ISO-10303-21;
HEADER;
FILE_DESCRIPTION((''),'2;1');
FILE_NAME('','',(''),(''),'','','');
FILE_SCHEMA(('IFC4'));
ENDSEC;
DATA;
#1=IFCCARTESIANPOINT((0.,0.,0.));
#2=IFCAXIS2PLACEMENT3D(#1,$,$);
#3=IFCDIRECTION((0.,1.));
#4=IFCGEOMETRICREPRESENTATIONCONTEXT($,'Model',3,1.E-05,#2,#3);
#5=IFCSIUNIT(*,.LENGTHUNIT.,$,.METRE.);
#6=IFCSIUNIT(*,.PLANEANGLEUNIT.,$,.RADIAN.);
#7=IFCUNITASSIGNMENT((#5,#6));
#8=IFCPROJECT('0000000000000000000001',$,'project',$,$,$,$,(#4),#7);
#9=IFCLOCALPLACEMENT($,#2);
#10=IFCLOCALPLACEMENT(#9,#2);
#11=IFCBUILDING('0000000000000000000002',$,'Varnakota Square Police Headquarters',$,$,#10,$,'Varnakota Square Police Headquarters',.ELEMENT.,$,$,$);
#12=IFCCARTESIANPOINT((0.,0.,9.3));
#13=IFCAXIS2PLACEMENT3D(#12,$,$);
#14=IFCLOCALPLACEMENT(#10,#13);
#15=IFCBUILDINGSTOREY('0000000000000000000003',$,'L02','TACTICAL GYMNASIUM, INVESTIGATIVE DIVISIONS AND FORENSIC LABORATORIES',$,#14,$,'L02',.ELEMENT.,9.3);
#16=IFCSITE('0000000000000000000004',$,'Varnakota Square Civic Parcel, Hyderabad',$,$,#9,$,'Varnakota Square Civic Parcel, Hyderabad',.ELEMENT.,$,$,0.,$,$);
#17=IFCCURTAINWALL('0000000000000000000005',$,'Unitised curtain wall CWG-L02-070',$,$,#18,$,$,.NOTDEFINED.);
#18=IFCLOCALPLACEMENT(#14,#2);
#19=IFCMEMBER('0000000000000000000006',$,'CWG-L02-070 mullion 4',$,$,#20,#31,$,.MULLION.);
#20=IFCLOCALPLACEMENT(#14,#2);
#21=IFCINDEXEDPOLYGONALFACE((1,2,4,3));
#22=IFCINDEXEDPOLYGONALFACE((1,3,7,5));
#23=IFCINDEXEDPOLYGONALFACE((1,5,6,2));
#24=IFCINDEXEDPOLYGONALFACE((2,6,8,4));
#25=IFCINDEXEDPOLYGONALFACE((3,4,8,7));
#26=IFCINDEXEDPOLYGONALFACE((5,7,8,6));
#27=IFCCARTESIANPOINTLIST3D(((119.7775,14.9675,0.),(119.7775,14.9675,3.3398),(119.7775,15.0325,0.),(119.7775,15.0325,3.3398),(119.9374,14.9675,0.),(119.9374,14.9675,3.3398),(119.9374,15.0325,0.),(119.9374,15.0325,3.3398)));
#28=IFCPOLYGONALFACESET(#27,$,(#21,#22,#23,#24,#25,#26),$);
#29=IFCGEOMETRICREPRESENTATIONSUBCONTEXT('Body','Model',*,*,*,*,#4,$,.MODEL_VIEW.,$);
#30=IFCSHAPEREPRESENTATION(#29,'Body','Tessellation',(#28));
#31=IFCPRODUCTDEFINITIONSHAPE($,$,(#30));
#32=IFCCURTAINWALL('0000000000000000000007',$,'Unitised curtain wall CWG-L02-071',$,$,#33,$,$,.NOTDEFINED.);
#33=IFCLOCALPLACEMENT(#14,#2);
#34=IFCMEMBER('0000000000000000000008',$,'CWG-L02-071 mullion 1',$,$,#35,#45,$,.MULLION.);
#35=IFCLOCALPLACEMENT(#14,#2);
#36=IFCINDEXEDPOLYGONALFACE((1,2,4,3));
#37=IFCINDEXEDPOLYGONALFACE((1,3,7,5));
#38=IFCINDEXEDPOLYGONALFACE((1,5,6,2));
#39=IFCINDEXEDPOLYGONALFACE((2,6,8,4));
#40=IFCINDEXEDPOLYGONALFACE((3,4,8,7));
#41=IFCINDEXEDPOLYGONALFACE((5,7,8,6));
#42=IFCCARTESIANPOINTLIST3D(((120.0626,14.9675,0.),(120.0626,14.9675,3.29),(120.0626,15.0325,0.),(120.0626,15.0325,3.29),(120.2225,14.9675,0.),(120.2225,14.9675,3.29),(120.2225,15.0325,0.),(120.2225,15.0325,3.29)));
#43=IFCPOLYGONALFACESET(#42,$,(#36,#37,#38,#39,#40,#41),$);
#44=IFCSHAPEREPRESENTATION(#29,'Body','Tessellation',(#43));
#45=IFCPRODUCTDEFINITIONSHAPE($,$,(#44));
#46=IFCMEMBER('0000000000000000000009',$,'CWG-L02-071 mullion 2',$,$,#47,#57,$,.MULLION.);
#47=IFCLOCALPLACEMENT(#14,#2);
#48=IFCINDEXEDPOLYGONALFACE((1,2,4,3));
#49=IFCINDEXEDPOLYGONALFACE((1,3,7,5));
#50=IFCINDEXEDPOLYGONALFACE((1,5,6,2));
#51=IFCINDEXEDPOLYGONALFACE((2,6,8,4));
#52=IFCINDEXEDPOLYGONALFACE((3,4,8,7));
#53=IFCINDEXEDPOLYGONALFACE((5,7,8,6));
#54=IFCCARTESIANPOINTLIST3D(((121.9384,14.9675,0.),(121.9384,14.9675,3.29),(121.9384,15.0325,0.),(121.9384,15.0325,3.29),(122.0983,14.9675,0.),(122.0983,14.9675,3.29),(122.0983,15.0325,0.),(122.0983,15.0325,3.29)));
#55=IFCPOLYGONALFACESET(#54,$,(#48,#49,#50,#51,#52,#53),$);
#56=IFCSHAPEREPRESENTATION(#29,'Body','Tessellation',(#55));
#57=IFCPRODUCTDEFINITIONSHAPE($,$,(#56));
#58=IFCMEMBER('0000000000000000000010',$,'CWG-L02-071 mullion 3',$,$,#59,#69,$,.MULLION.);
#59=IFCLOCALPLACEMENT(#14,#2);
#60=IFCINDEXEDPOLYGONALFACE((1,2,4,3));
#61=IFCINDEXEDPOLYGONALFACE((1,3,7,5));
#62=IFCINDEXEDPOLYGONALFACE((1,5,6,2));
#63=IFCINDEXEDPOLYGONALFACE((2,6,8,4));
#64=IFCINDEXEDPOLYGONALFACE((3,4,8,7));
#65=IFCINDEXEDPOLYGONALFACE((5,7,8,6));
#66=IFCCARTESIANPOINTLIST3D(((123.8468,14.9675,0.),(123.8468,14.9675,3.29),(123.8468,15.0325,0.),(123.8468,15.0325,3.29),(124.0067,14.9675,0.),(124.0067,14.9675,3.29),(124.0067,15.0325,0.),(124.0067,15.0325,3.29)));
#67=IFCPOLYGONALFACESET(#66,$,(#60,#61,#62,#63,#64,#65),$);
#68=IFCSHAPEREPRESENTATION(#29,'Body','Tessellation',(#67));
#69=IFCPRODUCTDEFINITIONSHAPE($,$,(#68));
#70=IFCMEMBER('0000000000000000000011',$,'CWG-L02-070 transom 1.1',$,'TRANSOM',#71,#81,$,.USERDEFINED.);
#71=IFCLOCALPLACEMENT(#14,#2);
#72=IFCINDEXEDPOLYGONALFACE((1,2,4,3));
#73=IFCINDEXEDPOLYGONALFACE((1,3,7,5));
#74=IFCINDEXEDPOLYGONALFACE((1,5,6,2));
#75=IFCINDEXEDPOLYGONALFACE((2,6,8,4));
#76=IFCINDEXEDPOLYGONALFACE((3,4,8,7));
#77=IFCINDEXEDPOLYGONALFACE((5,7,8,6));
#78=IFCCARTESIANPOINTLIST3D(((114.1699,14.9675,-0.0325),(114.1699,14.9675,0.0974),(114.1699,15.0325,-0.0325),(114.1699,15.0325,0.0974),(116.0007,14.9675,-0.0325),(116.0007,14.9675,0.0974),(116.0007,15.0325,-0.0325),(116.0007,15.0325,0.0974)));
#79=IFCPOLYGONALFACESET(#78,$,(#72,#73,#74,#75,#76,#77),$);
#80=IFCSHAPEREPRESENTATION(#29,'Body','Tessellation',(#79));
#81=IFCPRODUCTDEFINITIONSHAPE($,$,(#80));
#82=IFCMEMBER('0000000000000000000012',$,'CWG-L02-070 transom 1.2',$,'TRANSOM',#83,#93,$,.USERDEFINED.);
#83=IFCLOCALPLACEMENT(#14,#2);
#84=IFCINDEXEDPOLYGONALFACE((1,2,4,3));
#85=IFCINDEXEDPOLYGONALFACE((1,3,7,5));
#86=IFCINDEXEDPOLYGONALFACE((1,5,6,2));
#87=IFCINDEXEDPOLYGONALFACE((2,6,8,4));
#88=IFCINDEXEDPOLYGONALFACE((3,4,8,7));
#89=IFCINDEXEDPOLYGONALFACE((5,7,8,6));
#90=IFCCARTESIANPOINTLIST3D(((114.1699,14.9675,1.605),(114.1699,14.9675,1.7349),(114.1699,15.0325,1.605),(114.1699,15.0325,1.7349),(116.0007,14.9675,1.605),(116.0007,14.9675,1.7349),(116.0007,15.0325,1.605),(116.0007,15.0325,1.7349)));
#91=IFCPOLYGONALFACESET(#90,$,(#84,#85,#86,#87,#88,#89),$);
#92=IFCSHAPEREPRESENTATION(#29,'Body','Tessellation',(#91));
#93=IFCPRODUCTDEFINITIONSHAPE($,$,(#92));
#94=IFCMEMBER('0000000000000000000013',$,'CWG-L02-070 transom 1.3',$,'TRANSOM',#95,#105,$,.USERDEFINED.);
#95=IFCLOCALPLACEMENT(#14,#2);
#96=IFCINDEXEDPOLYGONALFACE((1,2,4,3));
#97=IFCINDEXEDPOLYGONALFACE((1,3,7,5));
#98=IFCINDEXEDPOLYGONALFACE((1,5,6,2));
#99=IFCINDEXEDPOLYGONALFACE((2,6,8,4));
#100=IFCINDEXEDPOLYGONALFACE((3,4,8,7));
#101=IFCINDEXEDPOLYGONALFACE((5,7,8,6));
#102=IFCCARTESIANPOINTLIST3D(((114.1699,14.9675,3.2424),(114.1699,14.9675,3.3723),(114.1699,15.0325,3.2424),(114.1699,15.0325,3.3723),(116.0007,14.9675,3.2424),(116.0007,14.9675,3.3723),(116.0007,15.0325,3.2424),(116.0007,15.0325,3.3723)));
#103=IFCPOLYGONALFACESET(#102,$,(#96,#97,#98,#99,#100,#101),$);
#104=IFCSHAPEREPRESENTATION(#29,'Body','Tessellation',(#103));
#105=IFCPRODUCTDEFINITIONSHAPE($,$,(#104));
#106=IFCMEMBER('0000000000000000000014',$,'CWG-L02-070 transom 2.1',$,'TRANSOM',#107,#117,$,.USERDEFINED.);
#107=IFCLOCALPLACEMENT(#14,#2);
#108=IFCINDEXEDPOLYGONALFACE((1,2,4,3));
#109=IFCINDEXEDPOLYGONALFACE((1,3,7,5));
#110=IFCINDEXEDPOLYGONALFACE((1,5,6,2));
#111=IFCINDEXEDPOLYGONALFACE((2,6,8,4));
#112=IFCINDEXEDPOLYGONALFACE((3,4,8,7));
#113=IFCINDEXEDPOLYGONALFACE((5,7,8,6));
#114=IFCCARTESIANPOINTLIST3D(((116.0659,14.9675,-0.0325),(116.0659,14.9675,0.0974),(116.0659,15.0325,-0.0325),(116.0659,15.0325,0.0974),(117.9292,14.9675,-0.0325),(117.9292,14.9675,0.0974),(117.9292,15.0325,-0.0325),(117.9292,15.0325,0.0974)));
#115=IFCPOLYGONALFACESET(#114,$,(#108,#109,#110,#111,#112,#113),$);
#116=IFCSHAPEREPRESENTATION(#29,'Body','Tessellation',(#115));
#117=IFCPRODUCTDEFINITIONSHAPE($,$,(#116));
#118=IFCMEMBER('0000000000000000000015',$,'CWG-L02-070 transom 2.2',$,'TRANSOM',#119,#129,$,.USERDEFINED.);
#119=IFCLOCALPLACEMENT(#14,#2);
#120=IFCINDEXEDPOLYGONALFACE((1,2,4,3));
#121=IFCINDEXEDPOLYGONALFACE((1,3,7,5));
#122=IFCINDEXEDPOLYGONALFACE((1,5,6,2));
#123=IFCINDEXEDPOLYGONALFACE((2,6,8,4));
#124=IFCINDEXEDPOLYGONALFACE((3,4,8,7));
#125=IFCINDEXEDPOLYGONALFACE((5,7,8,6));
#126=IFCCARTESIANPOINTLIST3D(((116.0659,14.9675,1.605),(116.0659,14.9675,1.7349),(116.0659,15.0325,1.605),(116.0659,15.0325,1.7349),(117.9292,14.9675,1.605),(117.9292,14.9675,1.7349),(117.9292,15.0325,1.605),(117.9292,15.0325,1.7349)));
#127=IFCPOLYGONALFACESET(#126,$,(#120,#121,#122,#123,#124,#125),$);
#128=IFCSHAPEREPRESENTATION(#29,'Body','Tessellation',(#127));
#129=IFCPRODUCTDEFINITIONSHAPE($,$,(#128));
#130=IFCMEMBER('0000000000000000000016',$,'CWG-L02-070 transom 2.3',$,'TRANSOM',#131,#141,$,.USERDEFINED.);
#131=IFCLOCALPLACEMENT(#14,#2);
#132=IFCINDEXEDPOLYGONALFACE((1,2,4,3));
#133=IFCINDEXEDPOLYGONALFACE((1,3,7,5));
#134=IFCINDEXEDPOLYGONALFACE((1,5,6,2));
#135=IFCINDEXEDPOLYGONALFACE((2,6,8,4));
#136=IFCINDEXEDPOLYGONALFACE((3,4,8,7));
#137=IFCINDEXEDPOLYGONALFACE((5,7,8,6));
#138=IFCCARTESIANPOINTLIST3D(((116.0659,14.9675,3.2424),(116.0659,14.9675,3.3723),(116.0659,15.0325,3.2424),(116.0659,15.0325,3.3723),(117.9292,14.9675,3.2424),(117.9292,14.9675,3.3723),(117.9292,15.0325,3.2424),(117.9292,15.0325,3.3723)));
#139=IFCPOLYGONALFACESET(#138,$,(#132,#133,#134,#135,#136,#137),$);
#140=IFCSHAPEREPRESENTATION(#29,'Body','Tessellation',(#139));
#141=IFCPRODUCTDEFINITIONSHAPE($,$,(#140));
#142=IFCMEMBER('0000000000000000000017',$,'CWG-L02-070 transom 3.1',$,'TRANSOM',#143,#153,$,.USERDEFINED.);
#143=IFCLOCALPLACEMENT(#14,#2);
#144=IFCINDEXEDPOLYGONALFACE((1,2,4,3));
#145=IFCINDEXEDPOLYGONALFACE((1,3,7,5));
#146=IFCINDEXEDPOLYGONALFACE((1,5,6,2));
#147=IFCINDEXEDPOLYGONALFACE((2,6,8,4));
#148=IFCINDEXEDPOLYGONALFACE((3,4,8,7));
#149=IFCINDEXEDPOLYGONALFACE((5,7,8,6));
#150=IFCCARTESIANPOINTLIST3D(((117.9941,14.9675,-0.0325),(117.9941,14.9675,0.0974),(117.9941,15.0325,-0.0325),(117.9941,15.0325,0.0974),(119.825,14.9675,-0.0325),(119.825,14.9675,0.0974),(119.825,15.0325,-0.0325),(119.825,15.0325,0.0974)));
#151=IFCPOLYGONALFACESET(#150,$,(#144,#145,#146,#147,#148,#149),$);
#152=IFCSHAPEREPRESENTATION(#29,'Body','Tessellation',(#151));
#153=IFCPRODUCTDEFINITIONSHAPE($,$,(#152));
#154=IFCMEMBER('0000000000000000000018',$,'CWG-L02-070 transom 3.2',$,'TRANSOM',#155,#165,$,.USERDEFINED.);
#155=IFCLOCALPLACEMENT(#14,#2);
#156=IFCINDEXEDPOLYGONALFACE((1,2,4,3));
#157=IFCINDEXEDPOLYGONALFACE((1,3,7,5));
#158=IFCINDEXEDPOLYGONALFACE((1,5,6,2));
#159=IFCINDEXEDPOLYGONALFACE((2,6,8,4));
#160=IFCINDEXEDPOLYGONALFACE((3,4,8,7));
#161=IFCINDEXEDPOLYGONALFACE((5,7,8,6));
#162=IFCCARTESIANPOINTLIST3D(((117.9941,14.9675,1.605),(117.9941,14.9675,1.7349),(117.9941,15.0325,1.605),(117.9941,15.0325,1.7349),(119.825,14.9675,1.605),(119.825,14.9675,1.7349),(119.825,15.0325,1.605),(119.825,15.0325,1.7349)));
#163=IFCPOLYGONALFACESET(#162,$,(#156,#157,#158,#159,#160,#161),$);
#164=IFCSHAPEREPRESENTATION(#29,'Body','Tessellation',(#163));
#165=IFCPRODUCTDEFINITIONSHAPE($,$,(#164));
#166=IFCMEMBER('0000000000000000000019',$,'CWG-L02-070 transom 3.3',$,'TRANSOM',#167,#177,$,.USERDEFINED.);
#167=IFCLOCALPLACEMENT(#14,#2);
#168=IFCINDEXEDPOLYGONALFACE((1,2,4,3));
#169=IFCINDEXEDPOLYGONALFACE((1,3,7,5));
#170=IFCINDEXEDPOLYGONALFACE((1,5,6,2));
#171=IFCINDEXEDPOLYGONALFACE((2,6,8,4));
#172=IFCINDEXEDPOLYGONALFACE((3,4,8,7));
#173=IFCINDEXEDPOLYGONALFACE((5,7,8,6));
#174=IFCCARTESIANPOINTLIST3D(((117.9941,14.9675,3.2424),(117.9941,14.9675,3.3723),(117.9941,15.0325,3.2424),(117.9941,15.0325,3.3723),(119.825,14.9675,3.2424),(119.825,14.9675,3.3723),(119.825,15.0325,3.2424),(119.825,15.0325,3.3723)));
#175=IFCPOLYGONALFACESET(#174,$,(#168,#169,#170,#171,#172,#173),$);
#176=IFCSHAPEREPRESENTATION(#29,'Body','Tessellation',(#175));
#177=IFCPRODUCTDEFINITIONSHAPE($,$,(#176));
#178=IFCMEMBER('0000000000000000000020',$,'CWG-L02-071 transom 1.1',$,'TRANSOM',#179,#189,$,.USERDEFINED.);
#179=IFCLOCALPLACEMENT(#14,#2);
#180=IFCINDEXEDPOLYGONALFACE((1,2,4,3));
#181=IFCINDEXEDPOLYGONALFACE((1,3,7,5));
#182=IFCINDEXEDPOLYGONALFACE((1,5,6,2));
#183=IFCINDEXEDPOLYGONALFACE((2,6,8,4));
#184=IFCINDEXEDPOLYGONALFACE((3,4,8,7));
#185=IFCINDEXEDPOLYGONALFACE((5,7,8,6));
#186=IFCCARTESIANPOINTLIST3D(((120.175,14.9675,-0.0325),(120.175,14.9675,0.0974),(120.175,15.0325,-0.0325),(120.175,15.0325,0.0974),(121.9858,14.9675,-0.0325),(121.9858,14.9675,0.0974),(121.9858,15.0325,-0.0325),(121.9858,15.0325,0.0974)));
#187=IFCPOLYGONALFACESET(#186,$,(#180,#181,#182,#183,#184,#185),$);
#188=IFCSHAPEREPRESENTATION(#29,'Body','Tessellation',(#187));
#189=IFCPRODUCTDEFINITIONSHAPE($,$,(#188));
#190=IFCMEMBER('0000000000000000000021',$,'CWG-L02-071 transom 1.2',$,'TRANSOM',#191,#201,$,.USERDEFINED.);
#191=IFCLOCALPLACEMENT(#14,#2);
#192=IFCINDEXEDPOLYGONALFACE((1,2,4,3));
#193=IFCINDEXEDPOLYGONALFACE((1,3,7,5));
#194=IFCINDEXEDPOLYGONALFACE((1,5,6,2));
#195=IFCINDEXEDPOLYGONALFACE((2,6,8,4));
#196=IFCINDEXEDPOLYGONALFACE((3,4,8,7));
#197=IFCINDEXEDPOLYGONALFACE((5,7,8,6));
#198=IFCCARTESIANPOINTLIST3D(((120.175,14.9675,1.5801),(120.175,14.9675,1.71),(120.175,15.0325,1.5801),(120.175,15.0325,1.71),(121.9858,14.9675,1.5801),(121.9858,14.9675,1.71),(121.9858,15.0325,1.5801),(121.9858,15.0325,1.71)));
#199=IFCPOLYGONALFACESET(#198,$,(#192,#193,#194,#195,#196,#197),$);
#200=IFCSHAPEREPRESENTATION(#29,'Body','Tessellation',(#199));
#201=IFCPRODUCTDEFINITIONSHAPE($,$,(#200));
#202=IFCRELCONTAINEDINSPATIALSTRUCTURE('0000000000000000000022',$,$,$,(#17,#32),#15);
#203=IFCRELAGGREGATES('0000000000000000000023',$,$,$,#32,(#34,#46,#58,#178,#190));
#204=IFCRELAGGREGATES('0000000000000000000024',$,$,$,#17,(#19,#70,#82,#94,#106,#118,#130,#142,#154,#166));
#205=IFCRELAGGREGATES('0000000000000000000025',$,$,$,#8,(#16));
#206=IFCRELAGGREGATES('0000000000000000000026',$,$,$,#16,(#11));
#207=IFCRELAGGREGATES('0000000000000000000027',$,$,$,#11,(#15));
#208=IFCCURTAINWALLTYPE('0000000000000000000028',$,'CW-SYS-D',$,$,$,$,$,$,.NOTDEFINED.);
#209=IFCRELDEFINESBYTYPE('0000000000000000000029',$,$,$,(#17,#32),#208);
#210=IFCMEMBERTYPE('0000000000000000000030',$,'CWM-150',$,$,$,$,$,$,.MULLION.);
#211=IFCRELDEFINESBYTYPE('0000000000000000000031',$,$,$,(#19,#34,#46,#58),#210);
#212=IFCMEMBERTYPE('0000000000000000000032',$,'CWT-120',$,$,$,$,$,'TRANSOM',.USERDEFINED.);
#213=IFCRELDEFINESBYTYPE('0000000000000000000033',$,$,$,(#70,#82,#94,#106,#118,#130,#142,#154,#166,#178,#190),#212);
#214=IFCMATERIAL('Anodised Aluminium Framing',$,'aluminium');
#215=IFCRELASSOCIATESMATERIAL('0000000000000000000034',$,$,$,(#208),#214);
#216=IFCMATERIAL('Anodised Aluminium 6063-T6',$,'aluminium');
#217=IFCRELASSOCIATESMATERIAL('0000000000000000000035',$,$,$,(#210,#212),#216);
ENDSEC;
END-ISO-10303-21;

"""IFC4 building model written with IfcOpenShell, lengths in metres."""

from ifc_helpers import new_model, si_unit, direction, frame, origin, origin_2d, place, context, subcontext, project, spatial, rectangle, extrude, material, material_profile, profile_set, type_object, element, aggregate, save


model = new_model("IFC4")

# Units and contexts
model_context = context("Model", 3, precision=1e-05, world=origin(), true_north=direction((0.0, 1.0)))
body_context = subcontext(model_context, "Body", "Model", "MODEL_VIEW")
ifc_project = project(units=[si_unit("LENGTHUNIT", "METRE"), si_unit("PLANEANGLEUNIT", "RADIAN")], contexts=[model_context])

# Site, building, storey
site_placement = place(None, origin())
site = spatial("IfcSite", under=ifc_project, at=site_placement, Name="Varnakota Square Civic Parcel, Hyderabad", LongName="Varnakota Square Civic Parcel, Hyderabad", CompositionType="ELEMENT", RefElevation=0.0)
building_placement = place(site_placement, origin())
building = spatial("IfcBuilding", under=site, at=building_placement, Name="Varnakota Square Police Headquarters", LongName="Varnakota Square Police Headquarters", CompositionType="ELEMENT")
storey_placement = place(building_placement, frame((0.0, 0.0, 9.3)))
storey = spatial("IfcBuildingStorey", under=building, at=storey_placement, Name="L02", Description="TACTICAL GYMNASIUM, INVESTIGATIVE DIVISIONS AND FORENSIC LABORATORIES", LongName="L02", CompositionType="ELEMENT", Elevation=9.3)

# Curtain walls, members
ifc_material_1 = material(Name="Anodised Aluminium Framing", Category="aluminium")
curtain_wall_type = type_object("IfcCurtainWallType", Name="CW-SYS-D", PredefinedType="NOTDEFINED", material=ifc_material_1)
curtain_wall_1_placement = place(storey_placement, origin())
curtain_wall_1 = element("IfcCurtainWall", 1, at=curtain_wall_1_placement, inside=storey, type_object=curtain_wall_type, Name="Unitised curtain wall CWG-L02-070", PredefinedType="NOTDEFINED")
ifc_material_2 = material(Name="Anodised Aluminium 6063-T6", Category="aluminium")
ifc_material_profile_1 = material_profile(ifc_material_2, rectangle(XDim=0.0649, YDim=0.1599, at=origin_2d()), Name="ALU MULLION 65x160")
ifc_profile_set_1 = profile_set([ifc_material_profile_1], Name="Anodised Aluminium 6063-T6")
member_type_1 = type_object("IfcMemberType", Name="CWM-150", PredefinedType="MULLION", material=ifc_profile_set_1)
member_1_placement = place(storey_placement, frame((119.8574, 15.0, 0.0), z_axis=(0.0, 0.0, 1.0), x_axis=(0.0, 1.0, 0.0)))
member_1 = element("IfcMember", 2, at=member_1_placement, type_object=member_type_1, Name="CWG-L02-070 mullion 4", PredefinedType="MULLION", context=body_context, shape_type="SweptSolid", body=[
    extrude(rectangle(XDim=0.0649, YDim=0.1599, at=origin_2d()), origin(), (0.0, 0.0, 1.0), 3.3398),
])
curtain_wall_2_placement = place(storey_placement, origin())
curtain_wall_2 = element("IfcCurtainWall", 3, at=curtain_wall_2_placement, inside=storey, type_object=curtain_wall_type, Name="Unitised curtain wall CWG-L02-071", PredefinedType="NOTDEFINED")
member_2_placement = place(storey_placement, frame((120.1426, 15.0, 0.0), z_axis=(0.0, 0.0, 1.0), x_axis=(0.0, 1.0, 0.0)))
member_2 = element("IfcMember", 4, at=member_2_placement, type_object=member_type_1, Name="CWG-L02-071 mullion 1", PredefinedType="MULLION", context=body_context, shape_type="SweptSolid", body=[
    extrude(rectangle(XDim=0.0649, YDim=0.1599, at=origin_2d()), origin(), (0.0, 0.0, 1.0), 3.29),
])
member_3_placement = place(storey_placement, frame((122.0183, 15.0, 0.0), z_axis=(0.0, 0.0, 1.0), x_axis=(0.0, 1.0, 0.0)))
member_3 = element("IfcMember", 5, at=member_3_placement, type_object=member_type_1, Name="CWG-L02-071 mullion 2", PredefinedType="MULLION", context=body_context, shape_type="SweptSolid", body=[
    extrude(rectangle(XDim=0.0649, YDim=0.1599, at=origin_2d()), origin(), (0.0, 0.0, 1.0), 3.29),
])
member_4_placement = place(storey_placement, frame((123.9268, 15.0, 0.0), z_axis=(0.0, 0.0, 1.0), x_axis=(0.0, 1.0, 0.0)))
member_4 = element("IfcMember", 6, at=member_4_placement, type_object=member_type_1, Name="CWG-L02-071 mullion 3", PredefinedType="MULLION", context=body_context, shape_type="SweptSolid", body=[
    extrude(rectangle(XDim=0.0649, YDim=0.1599, at=origin_2d()), origin(), (0.0, 0.0, 1.0), 3.29),
])

# Members
ifc_material_profile_2 = material_profile(ifc_material_2, rectangle(XDim=0.0649, YDim=0.1299, at=origin_2d()), Name="ALU TRANSOM 65x130")
ifc_profile_set_2 = profile_set([ifc_material_profile_2], Name="Anodised Aluminium 6063-T6")
member_type_2 = type_object("IfcMemberType", Name="CWT-120", ElementType="TRANSOM", PredefinedType="USERDEFINED", material=ifc_profile_set_2)
member_5_placement = place(storey_placement, frame((114.1699, 15.0, 0.0325), z_axis=(1.0, 0.0, 0.0), x_axis=(0.0, 1.0, 0.0)))
member_5 = element("IfcMember", 7, at=member_5_placement, type_object=member_type_2, Name="CWG-L02-070 transom 1.1", ObjectType="TRANSOM", PredefinedType="USERDEFINED", context=body_context, shape_type="SweptSolid", body=[
    extrude(rectangle(XDim=0.0649, YDim=0.1299, at=origin_2d()), origin(), (0.0, 0.0, 1.0), 1.8308),
])
member_6_placement = place(storey_placement, frame((114.1699, 15.0, 1.6699), z_axis=(1.0, 0.0, 0.0), x_axis=(0.0, 1.0, 0.0)))
member_6 = element("IfcMember", 8, at=member_6_placement, type_object=member_type_2, Name="CWG-L02-070 transom 1.2", ObjectType="TRANSOM", PredefinedType="USERDEFINED", context=body_context, shape_type="SweptSolid", body=[
    extrude(rectangle(XDim=0.0649, YDim=0.1299, at=origin_2d()), origin(), (0.0, 0.0, 1.0), 1.8308),
])
member_7_placement = place(storey_placement, frame((114.1699, 15.0, 3.3074), z_axis=(1.0, 0.0, 0.0), x_axis=(0.0, 1.0, 0.0)))
member_7 = element("IfcMember", 9, at=member_7_placement, type_object=member_type_2, Name="CWG-L02-070 transom 1.3", ObjectType="TRANSOM", PredefinedType="USERDEFINED", context=body_context, shape_type="SweptSolid", body=[
    extrude(rectangle(XDim=0.0649, YDim=0.1299, at=origin_2d()), origin(), (0.0, 0.0, 1.0), 1.8308),
])
member_8_placement = place(storey_placement, frame((116.0659, 15.0, 0.0325), z_axis=(1.0, 0.0, 0.0), x_axis=(0.0, 1.0, 0.0)))
member_8 = element("IfcMember", 10, at=member_8_placement, type_object=member_type_2, Name="CWG-L02-070 transom 2.1", ObjectType="TRANSOM", PredefinedType="USERDEFINED", context=body_context, shape_type="SweptSolid", body=[
    extrude(rectangle(XDim=0.0649, YDim=0.1299, at=origin_2d()), origin(), (0.0, 0.0, 1.0), 1.8633),
])
member_9_placement = place(storey_placement, frame((116.0659, 15.0, 1.6699), z_axis=(1.0, 0.0, 0.0), x_axis=(0.0, 1.0, 0.0)))
member_9 = element("IfcMember", 11, at=member_9_placement, type_object=member_type_2, Name="CWG-L02-070 transom 2.2", ObjectType="TRANSOM", PredefinedType="USERDEFINED", context=body_context, shape_type="SweptSolid", body=[
    extrude(rectangle(XDim=0.0649, YDim=0.1299, at=origin_2d()), origin(), (0.0, 0.0, 1.0), 1.8633),
])
member_10_placement = place(storey_placement, frame((116.0659, 15.0, 3.3074), z_axis=(1.0, 0.0, 0.0), x_axis=(0.0, 1.0, 0.0)))
member_10 = element("IfcMember", 12, at=member_10_placement, type_object=member_type_2, Name="CWG-L02-070 transom 2.3", ObjectType="TRANSOM", PredefinedType="USERDEFINED", context=body_context, shape_type="SweptSolid", body=[
    extrude(rectangle(XDim=0.0649, YDim=0.1299, at=origin_2d()), origin(), (0.0, 0.0, 1.0), 1.8633),
])
member_11_placement = place(storey_placement, frame((117.9941, 15.0, 0.0325), z_axis=(1.0, 0.0, 0.0), x_axis=(0.0, 1.0, 0.0)))
member_11 = element("IfcMember", 13, at=member_11_placement, type_object=member_type_2, Name="CWG-L02-070 transom 3.1", ObjectType="TRANSOM", PredefinedType="USERDEFINED", context=body_context, shape_type="SweptSolid", body=[
    extrude(rectangle(XDim=0.0649, YDim=0.1299, at=origin_2d()), origin(), (0.0, 0.0, 1.0), 1.8308),
])
member_12_placement = place(storey_placement, frame((117.9941, 15.0, 1.6699), z_axis=(1.0, 0.0, 0.0), x_axis=(0.0, 1.0, 0.0)))
member_12 = element("IfcMember", 14, at=member_12_placement, type_object=member_type_2, Name="CWG-L02-070 transom 3.2", ObjectType="TRANSOM", PredefinedType="USERDEFINED", context=body_context, shape_type="SweptSolid", body=[
    extrude(rectangle(XDim=0.0649, YDim=0.1299, at=origin_2d()), origin(), (0.0, 0.0, 1.0), 1.8308),
])
member_13_placement = place(storey_placement, frame((117.9941, 15.0, 3.3074), z_axis=(1.0, 0.0, 0.0), x_axis=(0.0, 1.0, 0.0)))
member_13 = element("IfcMember", 15, at=member_13_placement, type_object=member_type_2, Name="CWG-L02-070 transom 3.3", ObjectType="TRANSOM", PredefinedType="USERDEFINED", context=body_context, shape_type="SweptSolid", body=[
    extrude(rectangle(XDim=0.0649, YDim=0.1299, at=origin_2d()), origin(), (0.0, 0.0, 1.0), 1.8308),
])
member_14_placement = place(storey_placement, frame((120.175, 15.0, 0.0325), z_axis=(1.0, 0.0, 0.0), x_axis=(0.0, 1.0, 0.0)))
member_14 = element("IfcMember", 16, at=member_14_placement, type_object=member_type_2, Name="CWG-L02-071 transom 1.1", ObjectType="TRANSOM", PredefinedType="USERDEFINED", context=body_context, shape_type="SweptSolid", body=[
    extrude(rectangle(XDim=0.0649, YDim=0.1299, at=origin_2d()), origin(), (0.0, 0.0, 1.0), 1.8108),
])
member_15_placement = place(storey_placement, frame((120.175, 15.0, 1.645), z_axis=(1.0, 0.0, 0.0), x_axis=(0.0, 1.0, 0.0)))
member_15 = element("IfcMember", 17, at=member_15_placement, type_object=member_type_2, Name="CWG-L02-071 transom 1.2", ObjectType="TRANSOM", PredefinedType="USERDEFINED", context=body_context, shape_type="SweptSolid", body=[
    extrude(rectangle(XDim=0.0649, YDim=0.1299, at=origin_2d()), origin(), (0.0, 0.0, 1.0), 1.8108),
])

aggregate(curtain_wall_2, [member_2, member_3, member_4, member_14, member_15])
aggregate(curtain_wall_1, [member_1, member_5, member_6, member_7, member_8, member_9, member_10, member_11, member_12, member_13])

save(model, "model.ifc")
